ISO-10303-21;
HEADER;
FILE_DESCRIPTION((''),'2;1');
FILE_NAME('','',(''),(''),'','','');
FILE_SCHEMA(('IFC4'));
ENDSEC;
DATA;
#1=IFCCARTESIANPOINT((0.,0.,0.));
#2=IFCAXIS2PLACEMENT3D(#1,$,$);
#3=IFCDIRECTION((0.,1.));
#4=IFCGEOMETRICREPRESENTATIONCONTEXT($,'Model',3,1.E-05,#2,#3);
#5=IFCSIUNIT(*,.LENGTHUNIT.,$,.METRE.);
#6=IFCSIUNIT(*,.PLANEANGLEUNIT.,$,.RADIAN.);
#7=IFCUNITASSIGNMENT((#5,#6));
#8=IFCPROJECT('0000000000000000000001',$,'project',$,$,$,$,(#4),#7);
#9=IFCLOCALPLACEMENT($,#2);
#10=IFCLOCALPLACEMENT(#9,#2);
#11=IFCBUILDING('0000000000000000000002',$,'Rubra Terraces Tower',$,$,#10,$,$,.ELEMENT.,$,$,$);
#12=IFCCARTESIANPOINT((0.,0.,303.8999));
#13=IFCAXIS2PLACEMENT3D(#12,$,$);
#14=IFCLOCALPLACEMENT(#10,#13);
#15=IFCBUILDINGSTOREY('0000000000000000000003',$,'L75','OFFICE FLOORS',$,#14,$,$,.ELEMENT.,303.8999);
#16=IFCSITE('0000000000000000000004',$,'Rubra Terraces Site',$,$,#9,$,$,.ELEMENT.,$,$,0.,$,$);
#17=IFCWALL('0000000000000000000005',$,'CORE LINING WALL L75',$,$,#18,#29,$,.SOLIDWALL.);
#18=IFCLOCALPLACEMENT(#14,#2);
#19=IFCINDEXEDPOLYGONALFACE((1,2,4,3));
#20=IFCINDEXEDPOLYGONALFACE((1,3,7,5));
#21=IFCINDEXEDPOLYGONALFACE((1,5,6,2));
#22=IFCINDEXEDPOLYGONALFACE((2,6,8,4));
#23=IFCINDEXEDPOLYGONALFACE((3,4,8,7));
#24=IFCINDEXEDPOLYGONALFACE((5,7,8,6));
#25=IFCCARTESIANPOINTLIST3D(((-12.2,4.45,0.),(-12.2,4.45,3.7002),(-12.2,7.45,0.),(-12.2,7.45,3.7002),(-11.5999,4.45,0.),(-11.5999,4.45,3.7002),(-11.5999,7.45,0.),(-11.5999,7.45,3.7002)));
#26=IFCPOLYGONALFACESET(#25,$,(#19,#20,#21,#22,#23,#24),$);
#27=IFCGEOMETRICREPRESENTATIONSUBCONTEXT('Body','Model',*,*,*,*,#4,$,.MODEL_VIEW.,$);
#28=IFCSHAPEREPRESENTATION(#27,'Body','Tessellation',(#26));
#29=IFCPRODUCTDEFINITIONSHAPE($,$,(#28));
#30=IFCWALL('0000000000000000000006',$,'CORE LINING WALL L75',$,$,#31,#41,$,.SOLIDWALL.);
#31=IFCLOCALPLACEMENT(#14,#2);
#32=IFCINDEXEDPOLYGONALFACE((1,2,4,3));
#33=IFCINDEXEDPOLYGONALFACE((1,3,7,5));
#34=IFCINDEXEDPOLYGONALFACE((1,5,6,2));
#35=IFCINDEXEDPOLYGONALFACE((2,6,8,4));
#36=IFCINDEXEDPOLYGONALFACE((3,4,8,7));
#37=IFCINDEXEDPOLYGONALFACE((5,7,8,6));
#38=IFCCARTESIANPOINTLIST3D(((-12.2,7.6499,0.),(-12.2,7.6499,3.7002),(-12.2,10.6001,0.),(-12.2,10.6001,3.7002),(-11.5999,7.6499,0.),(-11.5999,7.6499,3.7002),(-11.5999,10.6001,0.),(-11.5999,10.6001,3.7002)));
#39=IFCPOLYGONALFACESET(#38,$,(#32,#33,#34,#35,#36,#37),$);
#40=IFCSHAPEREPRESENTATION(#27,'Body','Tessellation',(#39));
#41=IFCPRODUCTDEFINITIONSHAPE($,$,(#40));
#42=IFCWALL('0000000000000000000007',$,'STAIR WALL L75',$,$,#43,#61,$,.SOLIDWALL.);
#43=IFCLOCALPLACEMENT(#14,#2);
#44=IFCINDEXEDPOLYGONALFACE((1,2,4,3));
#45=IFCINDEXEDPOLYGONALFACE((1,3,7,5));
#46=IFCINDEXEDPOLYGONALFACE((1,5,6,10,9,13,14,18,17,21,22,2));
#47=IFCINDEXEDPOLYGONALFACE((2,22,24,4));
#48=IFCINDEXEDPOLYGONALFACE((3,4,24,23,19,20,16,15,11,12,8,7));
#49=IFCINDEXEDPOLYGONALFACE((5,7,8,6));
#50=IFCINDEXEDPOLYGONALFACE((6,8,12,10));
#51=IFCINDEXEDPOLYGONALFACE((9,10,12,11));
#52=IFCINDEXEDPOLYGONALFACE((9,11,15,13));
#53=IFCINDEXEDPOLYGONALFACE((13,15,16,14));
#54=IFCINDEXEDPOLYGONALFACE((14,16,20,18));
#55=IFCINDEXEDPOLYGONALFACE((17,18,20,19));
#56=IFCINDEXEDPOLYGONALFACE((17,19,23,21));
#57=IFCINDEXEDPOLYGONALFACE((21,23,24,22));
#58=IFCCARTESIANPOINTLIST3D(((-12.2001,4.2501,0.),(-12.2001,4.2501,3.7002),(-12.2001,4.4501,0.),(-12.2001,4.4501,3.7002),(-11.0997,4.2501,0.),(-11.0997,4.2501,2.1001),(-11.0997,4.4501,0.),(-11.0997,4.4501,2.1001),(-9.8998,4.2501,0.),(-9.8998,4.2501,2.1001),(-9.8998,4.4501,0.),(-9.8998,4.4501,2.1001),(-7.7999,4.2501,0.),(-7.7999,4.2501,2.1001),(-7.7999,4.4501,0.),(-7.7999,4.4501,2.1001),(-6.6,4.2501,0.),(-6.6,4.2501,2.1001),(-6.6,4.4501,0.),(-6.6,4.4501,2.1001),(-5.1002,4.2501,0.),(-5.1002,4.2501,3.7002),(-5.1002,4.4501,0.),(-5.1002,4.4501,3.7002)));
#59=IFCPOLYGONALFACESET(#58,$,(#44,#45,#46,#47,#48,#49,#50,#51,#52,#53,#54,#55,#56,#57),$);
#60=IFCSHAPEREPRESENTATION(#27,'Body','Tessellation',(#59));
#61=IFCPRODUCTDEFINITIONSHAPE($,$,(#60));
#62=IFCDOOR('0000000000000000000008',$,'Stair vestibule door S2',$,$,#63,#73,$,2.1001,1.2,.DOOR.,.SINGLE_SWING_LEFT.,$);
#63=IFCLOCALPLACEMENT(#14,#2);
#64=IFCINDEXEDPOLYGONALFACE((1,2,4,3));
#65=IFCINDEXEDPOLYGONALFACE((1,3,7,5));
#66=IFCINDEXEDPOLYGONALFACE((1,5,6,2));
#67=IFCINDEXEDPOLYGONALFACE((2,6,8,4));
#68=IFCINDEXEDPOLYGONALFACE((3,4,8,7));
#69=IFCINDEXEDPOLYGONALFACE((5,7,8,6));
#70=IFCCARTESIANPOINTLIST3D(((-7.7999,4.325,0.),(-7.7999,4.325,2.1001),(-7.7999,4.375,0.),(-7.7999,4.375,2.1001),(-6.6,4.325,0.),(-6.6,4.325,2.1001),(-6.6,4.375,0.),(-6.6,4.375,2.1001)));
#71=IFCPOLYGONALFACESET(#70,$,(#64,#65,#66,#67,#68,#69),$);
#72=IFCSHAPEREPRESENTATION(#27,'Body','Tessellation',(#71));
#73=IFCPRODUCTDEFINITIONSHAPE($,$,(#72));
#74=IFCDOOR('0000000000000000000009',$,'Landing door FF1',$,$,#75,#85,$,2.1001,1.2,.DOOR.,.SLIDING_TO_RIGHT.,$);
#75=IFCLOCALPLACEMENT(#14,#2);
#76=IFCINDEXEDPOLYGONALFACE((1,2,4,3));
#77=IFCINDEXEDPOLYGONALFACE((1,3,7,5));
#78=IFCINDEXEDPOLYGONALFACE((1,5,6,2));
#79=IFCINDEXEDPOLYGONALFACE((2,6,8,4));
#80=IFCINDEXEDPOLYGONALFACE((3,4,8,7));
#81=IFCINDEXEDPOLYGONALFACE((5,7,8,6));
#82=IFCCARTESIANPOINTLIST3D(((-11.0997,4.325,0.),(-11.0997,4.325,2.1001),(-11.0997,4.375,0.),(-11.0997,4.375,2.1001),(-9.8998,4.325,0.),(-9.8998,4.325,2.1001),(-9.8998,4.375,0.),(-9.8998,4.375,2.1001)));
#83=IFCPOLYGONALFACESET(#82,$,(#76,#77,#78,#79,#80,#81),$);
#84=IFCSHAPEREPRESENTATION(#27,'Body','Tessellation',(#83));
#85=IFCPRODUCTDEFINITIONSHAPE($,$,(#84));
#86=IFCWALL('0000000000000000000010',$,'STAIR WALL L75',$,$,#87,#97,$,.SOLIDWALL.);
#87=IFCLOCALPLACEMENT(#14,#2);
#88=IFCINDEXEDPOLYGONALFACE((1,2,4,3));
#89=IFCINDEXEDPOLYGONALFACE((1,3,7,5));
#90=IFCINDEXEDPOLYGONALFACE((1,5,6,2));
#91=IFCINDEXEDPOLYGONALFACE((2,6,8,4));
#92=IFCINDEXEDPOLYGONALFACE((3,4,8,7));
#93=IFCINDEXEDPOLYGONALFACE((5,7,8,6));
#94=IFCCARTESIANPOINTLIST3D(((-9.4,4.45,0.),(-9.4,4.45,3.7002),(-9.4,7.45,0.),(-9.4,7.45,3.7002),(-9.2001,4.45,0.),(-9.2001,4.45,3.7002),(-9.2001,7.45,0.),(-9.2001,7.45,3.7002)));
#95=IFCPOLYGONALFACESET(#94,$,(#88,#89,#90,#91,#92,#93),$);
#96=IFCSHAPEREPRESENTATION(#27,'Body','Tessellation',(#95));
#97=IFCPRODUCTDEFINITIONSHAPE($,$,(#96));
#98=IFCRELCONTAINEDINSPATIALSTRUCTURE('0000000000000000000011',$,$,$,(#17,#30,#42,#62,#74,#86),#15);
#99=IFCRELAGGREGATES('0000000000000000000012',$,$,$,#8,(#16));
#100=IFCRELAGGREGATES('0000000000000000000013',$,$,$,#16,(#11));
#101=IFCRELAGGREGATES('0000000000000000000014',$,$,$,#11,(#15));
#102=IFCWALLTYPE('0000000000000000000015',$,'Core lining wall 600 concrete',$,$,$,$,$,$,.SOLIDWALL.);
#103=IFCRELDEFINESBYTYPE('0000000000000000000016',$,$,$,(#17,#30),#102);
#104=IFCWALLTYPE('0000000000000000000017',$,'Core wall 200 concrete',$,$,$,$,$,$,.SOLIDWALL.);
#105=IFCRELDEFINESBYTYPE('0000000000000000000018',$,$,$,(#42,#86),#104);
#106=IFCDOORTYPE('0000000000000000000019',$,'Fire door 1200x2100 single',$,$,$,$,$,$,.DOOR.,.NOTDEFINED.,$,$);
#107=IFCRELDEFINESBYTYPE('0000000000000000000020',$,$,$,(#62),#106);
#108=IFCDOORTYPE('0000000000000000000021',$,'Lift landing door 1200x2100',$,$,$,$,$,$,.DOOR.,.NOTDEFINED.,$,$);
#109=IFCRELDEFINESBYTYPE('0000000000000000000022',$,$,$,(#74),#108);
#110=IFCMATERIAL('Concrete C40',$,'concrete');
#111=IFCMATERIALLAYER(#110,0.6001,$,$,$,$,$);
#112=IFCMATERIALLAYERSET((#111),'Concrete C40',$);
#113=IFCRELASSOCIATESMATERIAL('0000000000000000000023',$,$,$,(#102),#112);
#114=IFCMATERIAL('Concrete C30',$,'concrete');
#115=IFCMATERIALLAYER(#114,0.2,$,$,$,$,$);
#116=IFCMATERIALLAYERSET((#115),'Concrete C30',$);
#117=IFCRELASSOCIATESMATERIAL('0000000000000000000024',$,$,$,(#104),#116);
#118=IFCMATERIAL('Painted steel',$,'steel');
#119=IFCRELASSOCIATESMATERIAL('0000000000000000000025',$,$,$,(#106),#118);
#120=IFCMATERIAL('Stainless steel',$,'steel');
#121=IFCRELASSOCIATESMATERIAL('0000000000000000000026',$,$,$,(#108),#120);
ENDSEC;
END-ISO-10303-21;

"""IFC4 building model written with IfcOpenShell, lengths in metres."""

from ifc_helpers import new_model, si_unit, direction, frame, frame_2d, origin, place, context, subcontext, project, spatial, rectangle, extrude, material, layer, layer_set, type_object, element, fill, save


model = new_model("IFC4")

# Units and contexts
model_context = context("Model", 3, precision=1e-05, world=origin(), true_north=direction((0.0, 1.0)))
body_context = subcontext(model_context, "Body", "Model", "MODEL_VIEW")
ifc_project = project(units=[si_unit("LENGTHUNIT", "METRE"), si_unit("PLANEANGLEUNIT", "RADIAN")], contexts=[model_context])

# Site, building, storey
site_placement = place(None, origin())
site = spatial("IfcSite", under=ifc_project, at=site_placement, Name="Rubra Terraces Site", CompositionType="ELEMENT", RefElevation=0.0)
building_placement = place(site_placement, origin())
building = spatial("IfcBuilding", under=site, at=building_placement, Name="Rubra Terraces Tower", CompositionType="ELEMENT")
storey_placement = place(building_placement, frame((0.0, 0.0, 303.8999)))
storey = spatial("IfcBuildingStorey", under=building, at=storey_placement, Name="L75", Description="OFFICE FLOORS", CompositionType="ELEMENT", Elevation=303.8999)

# Walls
ifc_material_1 = material(Name="Concrete C40", Category="concrete")
ifc_layer_1 = layer(ifc_material_1, 0.6001)
ifc_layer_set_1 = layer_set([ifc_layer_1], Name="Concrete C40")
wall_type_1 = type_object("IfcWallType", Name="Core lining wall 600 concrete", PredefinedType="SOLIDWALL", material=ifc_layer_set_1)
wall_1_placement = place(storey_placement, frame((-11.8999, 4.45, 0.0), z_axis=(0.0, 0.0, 1.0), x_axis=(0.0, 1.0, 0.0)))
element("IfcWall", 1, at=wall_1_placement, inside=storey, type_object=wall_type_1, Name="CORE LINING WALL L75", PredefinedType="SOLIDWALL", context=body_context, shape_type="SweptSolid", body=[
    extrude(rectangle(XDim=3.0, YDim=0.6001, at=frame_2d((1.5, 0.0))), origin(), (0.0, 0.0, 1.0), 3.7002),
])
wall_2_placement = place(storey_placement, frame((-11.8999, 7.6499, 0.0), z_axis=(0.0, 0.0, 1.0), x_axis=(0.0, 1.0, 0.0)))
element("IfcWall", 2, at=wall_2_placement, inside=storey, type_object=wall_type_1, Name="CORE LINING WALL L75", PredefinedType="SOLIDWALL", context=body_context, shape_type="SweptSolid", body=[
    extrude(rectangle(XDim=2.9502, YDim=0.6001, at=frame_2d((1.4751, 0.0))), origin(), (0.0, 0.0, 1.0), 3.7002),
])

# Wall, openings, doors
ifc_material_2 = material(Name="Concrete C30", Category="concrete")
ifc_layer_2 = layer(ifc_material_2, 0.2)
ifc_layer_set_2 = layer_set([ifc_layer_2], Name="Concrete C30")
wall_type_2 = type_object("IfcWallType", Name="Core wall 200 concrete", PredefinedType="SOLIDWALL", material=ifc_layer_set_2)
wall_3_placement = place(storey_placement, frame((-12.2, 4.3501, 0.0), z_axis=(0.0, 0.0, 1.0), x_axis=(1.0, 0.0, 0.0)))
wall_3 = element("IfcWall", 3, at=wall_3_placement, inside=storey, type_object=wall_type_2, Name="STAIR WALL L75", PredefinedType="SOLIDWALL", context=body_context, shape_type="SweptSolid", body=[
    extrude(rectangle(XDim=7.0999, YDim=0.2, at=frame_2d((3.5498, 0.0))), origin(), (0.0, 0.0, 1.0), 3.7002),
])
opening_1_placement = place(wall_3_placement, frame((4.3999, 0.0, 0.0)))
opening_1 = element("IfcOpeningElement", 4, at=opening_1_placement, cuts=wall_3, PredefinedType="OPENING", context=body_context, shape_type="SweptSolid", body=[
    extrude(rectangle(XDim=1.2, YDim=2.1001, at=frame_2d((0.6001, 1.05))), frame((0.0, 0.1099, 0.0), z_axis=(0.0, -1.0, 0.0), x_axis=(1.0, 0.0, 0.0)), (0.0, 0.0, 1.0), 0.22),
])
opening_2_placement = place(wall_3_placement, frame((1.1001, 0.0, 0.0)))
opening_2 = element("IfcOpeningElement", 5, at=opening_2_placement, cuts=wall_3, PredefinedType="OPENING", context=body_context, shape_type="SweptSolid", body=[
    extrude(rectangle(XDim=1.2, YDim=2.1001, at=frame_2d((0.6001, 1.05))), frame((0.0, 0.1099, 0.0), z_axis=(0.0, -1.0, 0.0), x_axis=(1.0, 0.0, 0.0)), (0.0, 0.0, 1.0), 0.22),
])
ifc_material_3 = material(Name="Painted steel", Category="steel")
door_type_1 = type_object("IfcDoorType", Name="Fire door 1200x2100 single", OperationType="NOTDEFINED", PredefinedType="DOOR", material=ifc_material_3)
door_1_placement = place(opening_1_placement, origin())
door_1 = element("IfcDoor", 6, at=door_1_placement, inside=storey, type_object=door_type_1, Name="Stair vestibule door S2", OperationType="SINGLE_SWING_LEFT", OverallHeight=2.1001, OverallWidth=1.2, PredefinedType="DOOR", context=body_context, shape_type="SweptSolid", body=[
    extrude(rectangle(XDim=1.2, YDim=2.1001, at=frame_2d((0.6001, 1.05))), frame((0.0, 0.0249, 0.0), z_axis=(0.0, -1.0, 0.0), x_axis=(1.0, 0.0, 0.0)), (0.0, 0.0, 1.0), 0.05),
])
fill(opening_1, door_1)
ifc_material_4 = material(Name="Stainless steel", Category="steel")
door_type_2 = type_object("IfcDoorType", Name="Lift landing door 1200x2100", OperationType="NOTDEFINED", PredefinedType="DOOR", material=ifc_material_4)
door_2_placement = place(opening_2_placement, origin())
door_2 = element("IfcDoor", 7, at=door_2_placement, inside=storey, type_object=door_type_2, Name="Landing door FF1", OperationType="SLIDING_TO_RIGHT", OverallHeight=2.1001, OverallWidth=1.2, PredefinedType="DOOR", context=body_context, shape_type="SweptSolid", body=[
    extrude(rectangle(XDim=1.2, YDim=2.1001, at=frame_2d((0.6001, 1.05))), frame((0.0, 0.0249, 0.0), z_axis=(0.0, -1.0, 0.0), x_axis=(1.0, 0.0, 0.0)), (0.0, 0.0, 1.0), 0.05),
])
fill(opening_2, door_2)

# Wall
wall_4_placement = place(storey_placement, frame((-9.3, 4.45, 0.0), z_axis=(0.0, 0.0, 1.0), x_axis=(0.0, 1.0, 0.0)))
element("IfcWall", 8, at=wall_4_placement, inside=storey, type_object=wall_type_2, Name="STAIR WALL L75", PredefinedType="SOLIDWALL", context=body_context, shape_type="SweptSolid", body=[
    extrude(rectangle(XDim=3.0, YDim=0.2, at=frame_2d((1.5, 0.0))), origin(), (0.0, 0.0, 1.0), 3.7002),
])

save(model, "model.ifc")
